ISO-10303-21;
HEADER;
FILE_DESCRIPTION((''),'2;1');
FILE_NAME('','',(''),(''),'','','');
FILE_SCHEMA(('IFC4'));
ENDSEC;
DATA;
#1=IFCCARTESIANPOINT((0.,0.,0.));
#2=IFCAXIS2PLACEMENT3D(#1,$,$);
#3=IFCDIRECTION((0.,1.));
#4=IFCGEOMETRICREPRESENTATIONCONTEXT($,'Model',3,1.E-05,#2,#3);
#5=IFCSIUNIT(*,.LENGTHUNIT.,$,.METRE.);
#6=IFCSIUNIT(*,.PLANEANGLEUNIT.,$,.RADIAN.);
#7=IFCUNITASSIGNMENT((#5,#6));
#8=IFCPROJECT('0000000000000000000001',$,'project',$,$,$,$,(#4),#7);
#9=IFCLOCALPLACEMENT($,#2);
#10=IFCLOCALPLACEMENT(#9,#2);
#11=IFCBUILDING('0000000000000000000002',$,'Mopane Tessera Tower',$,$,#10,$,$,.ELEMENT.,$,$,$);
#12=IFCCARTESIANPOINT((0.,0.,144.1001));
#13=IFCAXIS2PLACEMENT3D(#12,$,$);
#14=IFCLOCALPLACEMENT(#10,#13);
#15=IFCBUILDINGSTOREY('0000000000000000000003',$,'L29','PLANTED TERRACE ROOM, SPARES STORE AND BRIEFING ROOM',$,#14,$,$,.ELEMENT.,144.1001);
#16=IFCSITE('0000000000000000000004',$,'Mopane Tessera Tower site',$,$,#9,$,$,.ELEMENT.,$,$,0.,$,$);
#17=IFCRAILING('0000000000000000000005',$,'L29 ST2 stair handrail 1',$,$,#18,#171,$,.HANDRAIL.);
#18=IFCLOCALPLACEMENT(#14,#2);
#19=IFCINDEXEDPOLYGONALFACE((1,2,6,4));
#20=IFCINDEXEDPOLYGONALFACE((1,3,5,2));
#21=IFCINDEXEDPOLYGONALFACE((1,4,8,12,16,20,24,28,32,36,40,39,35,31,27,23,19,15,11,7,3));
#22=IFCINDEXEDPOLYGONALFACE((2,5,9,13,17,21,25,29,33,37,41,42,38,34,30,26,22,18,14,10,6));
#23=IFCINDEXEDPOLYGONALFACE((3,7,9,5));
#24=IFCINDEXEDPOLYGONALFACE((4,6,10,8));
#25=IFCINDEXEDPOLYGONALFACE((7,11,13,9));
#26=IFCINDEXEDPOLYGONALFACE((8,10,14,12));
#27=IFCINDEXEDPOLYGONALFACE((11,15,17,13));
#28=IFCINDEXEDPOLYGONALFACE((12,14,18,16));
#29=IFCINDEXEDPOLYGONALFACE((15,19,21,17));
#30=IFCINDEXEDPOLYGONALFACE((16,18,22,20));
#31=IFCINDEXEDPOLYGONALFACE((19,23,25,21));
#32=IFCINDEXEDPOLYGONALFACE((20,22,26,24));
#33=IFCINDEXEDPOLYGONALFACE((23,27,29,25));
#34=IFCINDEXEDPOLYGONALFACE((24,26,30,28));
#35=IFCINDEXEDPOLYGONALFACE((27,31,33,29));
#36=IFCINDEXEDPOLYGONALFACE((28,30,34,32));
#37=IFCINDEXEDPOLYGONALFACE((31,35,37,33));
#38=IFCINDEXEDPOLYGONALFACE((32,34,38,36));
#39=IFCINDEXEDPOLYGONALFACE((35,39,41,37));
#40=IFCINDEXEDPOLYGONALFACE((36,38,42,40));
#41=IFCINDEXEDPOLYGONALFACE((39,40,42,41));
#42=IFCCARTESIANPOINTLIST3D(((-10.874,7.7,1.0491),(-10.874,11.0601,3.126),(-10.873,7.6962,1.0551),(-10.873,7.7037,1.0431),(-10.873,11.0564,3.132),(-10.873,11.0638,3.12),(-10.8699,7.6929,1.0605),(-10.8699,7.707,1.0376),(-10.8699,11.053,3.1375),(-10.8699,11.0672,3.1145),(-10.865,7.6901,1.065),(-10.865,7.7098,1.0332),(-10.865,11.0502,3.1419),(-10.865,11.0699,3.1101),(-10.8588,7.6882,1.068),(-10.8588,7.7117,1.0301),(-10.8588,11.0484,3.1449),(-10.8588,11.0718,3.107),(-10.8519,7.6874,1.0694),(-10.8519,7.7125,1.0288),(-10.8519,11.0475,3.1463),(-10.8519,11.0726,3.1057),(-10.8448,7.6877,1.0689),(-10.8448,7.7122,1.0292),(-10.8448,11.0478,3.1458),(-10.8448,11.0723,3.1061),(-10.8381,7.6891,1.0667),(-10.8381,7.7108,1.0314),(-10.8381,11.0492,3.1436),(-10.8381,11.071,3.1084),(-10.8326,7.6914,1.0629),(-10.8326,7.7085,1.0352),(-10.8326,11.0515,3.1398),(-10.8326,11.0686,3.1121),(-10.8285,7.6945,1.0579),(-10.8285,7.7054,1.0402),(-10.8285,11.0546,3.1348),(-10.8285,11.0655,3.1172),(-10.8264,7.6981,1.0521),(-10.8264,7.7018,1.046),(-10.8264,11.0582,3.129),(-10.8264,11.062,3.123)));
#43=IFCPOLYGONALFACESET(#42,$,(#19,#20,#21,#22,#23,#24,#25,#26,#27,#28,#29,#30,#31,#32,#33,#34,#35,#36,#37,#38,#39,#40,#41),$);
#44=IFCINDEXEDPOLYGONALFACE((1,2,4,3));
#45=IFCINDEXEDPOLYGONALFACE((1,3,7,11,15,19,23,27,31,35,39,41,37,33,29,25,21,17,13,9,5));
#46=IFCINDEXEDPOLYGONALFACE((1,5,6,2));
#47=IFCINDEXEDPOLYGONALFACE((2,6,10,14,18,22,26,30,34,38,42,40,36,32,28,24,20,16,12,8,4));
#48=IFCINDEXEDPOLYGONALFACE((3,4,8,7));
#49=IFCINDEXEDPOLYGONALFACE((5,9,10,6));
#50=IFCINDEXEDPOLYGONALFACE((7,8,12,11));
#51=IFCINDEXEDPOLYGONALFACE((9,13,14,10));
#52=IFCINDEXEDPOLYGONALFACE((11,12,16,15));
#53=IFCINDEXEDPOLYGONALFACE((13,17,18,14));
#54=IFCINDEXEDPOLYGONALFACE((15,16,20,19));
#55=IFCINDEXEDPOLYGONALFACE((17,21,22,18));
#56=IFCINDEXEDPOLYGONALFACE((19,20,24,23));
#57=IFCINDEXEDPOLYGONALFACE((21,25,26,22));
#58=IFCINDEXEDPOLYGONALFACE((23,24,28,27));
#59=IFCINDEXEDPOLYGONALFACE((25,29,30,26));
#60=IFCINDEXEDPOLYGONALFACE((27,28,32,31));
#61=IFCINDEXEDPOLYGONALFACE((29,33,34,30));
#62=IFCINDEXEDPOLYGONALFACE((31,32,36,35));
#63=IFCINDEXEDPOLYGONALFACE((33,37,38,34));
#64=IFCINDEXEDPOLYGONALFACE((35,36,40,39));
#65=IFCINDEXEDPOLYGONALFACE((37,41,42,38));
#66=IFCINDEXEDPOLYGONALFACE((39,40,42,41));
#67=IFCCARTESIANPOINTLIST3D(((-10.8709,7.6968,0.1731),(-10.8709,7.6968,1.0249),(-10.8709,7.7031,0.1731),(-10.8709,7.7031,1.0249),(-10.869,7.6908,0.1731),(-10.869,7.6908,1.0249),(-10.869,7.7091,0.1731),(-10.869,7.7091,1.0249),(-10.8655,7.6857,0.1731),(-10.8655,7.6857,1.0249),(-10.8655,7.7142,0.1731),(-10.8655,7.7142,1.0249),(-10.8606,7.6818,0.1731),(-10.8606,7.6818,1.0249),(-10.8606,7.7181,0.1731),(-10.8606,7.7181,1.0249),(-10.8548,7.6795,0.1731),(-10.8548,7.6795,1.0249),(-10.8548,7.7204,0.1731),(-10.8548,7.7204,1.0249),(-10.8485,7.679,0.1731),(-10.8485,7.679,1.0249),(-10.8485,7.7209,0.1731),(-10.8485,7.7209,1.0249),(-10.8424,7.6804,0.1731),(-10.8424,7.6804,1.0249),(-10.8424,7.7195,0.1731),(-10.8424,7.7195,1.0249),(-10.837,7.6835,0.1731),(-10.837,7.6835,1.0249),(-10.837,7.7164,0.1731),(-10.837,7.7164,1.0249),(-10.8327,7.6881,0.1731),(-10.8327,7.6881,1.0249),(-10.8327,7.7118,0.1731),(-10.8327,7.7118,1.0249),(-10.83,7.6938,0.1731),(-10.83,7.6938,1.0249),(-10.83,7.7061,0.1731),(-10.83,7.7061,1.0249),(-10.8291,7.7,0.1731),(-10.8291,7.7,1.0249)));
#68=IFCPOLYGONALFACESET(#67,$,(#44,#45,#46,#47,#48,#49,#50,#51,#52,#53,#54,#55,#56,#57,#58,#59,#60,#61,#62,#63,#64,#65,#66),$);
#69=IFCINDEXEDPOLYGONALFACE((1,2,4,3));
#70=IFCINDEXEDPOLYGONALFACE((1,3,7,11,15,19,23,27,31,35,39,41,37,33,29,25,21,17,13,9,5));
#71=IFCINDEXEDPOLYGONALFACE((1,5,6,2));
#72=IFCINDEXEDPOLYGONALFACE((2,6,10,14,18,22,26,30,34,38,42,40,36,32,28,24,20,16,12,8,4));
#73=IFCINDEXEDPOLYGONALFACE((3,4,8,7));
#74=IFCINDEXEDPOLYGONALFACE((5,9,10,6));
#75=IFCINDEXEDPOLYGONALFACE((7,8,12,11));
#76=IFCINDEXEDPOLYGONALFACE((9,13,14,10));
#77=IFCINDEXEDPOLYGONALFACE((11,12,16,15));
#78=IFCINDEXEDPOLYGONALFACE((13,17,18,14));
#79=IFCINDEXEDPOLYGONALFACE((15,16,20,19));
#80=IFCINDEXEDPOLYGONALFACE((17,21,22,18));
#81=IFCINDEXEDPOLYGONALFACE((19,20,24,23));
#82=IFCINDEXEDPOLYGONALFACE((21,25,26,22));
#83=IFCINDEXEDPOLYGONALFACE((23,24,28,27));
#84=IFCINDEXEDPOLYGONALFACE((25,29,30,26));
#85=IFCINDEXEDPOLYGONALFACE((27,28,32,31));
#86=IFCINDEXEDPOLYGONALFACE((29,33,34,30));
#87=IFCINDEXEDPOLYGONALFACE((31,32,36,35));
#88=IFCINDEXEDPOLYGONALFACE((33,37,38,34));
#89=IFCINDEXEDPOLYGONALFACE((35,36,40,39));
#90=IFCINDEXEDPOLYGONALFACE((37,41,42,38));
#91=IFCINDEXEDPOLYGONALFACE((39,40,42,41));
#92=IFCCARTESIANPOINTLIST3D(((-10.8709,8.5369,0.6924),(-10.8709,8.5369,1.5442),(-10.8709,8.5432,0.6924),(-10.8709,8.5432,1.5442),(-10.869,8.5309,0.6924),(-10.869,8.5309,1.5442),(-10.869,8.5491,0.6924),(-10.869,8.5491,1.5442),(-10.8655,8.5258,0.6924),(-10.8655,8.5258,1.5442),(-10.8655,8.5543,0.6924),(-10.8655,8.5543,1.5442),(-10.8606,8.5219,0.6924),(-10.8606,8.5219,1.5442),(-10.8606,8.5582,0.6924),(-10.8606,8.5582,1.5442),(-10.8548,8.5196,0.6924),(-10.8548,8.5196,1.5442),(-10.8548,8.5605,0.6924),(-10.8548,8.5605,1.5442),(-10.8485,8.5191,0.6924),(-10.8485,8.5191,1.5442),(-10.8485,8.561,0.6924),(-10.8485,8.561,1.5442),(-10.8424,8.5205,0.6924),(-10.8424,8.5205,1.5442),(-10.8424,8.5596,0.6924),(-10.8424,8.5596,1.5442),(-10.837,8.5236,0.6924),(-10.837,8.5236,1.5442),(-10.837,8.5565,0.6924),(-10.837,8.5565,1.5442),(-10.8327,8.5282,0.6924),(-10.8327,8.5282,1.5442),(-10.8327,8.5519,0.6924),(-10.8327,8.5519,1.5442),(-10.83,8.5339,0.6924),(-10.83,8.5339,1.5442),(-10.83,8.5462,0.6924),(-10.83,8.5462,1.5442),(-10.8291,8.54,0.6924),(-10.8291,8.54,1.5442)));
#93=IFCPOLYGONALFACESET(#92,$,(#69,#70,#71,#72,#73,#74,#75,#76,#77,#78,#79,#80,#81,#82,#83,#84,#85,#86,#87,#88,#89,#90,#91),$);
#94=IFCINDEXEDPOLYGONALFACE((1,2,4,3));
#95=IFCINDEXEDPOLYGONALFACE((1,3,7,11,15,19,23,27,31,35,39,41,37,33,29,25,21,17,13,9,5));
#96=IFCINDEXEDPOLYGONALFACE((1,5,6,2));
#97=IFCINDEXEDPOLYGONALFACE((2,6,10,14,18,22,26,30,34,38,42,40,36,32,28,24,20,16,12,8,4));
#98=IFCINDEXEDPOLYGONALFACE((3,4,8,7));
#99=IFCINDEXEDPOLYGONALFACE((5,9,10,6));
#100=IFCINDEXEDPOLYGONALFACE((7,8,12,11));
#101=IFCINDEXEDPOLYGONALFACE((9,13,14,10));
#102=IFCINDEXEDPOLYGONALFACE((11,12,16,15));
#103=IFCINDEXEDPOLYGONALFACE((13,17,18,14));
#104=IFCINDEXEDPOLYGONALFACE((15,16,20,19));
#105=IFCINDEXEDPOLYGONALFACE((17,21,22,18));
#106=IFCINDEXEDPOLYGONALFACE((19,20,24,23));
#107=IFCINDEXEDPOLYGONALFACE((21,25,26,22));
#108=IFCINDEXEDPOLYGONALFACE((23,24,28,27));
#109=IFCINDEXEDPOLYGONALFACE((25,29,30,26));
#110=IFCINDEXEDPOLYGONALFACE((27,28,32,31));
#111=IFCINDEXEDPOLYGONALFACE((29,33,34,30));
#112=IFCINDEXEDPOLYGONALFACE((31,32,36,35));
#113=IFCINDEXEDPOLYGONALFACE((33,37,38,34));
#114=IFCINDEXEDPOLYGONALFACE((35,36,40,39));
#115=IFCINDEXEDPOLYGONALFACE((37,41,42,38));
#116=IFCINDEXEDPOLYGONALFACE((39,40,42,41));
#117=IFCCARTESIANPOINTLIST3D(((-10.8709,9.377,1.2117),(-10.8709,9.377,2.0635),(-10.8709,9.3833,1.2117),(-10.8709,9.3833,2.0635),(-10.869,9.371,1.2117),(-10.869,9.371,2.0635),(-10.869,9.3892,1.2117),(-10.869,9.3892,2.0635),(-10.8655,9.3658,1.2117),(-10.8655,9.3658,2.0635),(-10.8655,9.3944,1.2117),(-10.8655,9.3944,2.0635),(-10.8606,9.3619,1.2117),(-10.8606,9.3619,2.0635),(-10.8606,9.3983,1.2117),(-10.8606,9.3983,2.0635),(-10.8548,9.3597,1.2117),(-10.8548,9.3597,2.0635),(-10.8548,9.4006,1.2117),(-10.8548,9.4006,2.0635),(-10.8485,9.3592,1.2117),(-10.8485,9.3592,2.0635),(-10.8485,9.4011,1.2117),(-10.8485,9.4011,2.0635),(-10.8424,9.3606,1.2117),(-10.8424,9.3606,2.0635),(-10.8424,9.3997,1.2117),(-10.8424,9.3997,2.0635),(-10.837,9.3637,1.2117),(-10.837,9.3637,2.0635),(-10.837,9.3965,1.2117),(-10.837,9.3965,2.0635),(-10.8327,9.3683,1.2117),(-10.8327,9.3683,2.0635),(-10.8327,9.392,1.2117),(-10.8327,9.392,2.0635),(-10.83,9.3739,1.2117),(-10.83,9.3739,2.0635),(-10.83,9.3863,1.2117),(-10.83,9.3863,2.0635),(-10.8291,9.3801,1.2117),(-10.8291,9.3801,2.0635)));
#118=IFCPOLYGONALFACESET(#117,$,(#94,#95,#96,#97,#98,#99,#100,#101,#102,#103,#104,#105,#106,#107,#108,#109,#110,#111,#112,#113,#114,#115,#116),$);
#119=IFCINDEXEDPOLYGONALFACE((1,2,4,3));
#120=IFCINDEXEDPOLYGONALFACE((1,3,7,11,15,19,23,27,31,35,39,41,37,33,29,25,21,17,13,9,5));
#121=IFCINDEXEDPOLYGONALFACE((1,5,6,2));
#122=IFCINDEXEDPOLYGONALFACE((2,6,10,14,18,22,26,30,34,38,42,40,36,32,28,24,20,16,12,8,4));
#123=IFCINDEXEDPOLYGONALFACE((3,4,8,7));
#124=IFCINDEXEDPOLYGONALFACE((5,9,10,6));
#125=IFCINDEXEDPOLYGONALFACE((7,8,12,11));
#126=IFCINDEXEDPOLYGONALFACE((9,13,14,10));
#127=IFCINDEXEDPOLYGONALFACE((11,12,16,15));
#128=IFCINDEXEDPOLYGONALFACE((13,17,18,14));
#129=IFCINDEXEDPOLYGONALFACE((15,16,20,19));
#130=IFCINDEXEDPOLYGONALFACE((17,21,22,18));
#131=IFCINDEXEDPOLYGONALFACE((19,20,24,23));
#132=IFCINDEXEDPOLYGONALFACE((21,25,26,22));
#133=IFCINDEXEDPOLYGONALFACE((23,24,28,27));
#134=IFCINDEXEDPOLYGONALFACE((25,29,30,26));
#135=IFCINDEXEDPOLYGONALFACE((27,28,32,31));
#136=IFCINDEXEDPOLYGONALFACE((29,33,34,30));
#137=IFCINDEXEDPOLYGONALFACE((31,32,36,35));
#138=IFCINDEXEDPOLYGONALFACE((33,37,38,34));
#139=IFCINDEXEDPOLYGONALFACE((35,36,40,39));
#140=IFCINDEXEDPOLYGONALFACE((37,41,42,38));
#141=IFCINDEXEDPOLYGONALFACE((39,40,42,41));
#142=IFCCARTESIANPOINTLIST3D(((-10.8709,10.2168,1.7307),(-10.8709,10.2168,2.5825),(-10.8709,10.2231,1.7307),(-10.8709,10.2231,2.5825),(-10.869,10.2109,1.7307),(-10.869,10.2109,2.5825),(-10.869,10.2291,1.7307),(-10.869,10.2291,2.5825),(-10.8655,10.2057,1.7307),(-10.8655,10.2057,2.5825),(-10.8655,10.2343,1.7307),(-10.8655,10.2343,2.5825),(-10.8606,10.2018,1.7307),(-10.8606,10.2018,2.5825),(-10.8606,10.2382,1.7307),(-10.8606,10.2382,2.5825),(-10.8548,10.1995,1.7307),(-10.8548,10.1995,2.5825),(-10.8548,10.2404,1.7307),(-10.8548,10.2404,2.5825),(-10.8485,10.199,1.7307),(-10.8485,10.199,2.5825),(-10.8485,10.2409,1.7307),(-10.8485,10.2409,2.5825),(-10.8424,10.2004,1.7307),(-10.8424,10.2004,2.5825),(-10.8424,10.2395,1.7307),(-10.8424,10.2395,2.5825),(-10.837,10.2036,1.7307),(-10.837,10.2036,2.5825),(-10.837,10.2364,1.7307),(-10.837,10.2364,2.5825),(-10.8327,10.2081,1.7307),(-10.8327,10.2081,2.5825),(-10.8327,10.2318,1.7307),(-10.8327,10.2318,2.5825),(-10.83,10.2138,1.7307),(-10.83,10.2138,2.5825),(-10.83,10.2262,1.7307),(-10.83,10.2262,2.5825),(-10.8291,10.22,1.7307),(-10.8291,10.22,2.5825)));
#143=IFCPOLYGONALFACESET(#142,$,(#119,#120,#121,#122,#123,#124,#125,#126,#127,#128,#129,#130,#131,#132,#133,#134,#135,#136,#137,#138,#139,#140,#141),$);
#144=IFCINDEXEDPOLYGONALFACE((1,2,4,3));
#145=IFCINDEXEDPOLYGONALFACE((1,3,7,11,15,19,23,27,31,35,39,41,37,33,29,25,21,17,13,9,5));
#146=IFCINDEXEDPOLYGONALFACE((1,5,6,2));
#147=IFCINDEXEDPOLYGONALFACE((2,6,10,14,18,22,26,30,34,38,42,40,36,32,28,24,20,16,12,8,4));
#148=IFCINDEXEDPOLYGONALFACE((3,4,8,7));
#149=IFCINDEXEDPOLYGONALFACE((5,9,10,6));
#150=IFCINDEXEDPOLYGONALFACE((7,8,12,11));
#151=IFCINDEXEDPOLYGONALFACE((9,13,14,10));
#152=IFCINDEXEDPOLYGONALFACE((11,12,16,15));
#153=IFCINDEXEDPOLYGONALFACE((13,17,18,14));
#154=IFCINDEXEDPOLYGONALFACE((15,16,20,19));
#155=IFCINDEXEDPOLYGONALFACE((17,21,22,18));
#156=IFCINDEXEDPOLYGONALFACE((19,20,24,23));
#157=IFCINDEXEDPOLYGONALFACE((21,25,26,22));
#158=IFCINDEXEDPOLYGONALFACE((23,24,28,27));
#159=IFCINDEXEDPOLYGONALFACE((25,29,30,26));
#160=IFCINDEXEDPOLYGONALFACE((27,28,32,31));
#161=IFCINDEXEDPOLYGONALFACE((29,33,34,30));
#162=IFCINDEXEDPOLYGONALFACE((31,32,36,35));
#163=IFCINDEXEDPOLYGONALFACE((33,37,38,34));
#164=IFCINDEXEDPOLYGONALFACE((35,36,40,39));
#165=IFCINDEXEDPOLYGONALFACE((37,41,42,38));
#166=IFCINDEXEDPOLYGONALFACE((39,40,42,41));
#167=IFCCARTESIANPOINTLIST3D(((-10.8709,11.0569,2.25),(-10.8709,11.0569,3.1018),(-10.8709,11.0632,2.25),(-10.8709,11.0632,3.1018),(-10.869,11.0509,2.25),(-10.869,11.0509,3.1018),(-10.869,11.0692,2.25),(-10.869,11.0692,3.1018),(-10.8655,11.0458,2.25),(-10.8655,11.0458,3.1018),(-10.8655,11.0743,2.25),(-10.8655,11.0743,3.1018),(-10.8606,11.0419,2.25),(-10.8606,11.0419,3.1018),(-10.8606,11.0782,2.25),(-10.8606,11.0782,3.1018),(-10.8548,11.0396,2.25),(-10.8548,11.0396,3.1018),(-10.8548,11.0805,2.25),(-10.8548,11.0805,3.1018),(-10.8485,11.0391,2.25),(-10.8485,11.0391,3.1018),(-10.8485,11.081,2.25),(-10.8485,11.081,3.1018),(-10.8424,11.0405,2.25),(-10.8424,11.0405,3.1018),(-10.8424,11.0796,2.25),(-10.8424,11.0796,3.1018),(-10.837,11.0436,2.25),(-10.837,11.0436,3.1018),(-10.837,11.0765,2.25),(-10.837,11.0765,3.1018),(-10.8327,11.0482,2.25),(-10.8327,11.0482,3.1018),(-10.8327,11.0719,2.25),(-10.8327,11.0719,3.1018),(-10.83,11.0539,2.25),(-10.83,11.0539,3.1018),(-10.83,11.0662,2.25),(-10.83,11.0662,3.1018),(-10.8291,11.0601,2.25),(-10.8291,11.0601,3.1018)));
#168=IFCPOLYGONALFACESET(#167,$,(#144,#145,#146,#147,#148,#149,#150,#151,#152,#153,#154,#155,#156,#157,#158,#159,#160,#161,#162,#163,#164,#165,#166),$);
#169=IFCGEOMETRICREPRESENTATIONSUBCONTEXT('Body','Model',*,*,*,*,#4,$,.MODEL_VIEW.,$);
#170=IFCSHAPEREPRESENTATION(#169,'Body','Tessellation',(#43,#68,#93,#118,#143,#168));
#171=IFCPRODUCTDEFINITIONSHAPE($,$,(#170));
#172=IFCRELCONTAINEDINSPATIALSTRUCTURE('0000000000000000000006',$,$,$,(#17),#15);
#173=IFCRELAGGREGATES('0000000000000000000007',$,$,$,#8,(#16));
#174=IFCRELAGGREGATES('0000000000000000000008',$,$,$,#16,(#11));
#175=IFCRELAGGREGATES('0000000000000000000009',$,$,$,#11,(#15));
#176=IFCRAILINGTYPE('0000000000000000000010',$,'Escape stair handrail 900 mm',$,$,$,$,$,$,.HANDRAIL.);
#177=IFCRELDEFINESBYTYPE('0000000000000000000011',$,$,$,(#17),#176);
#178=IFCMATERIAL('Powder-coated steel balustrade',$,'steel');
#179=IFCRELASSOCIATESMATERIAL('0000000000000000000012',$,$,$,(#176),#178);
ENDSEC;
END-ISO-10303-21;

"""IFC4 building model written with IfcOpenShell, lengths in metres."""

from ifc_helpers import new_model, si_unit, direction, frame, origin, origin_2d, place, context, subcontext, project, spatial, circle, extrude, material, type_object, element, save


model = new_model("IFC4")

# Units and contexts
model_context = context("Model", 3, precision=1e-05, world=origin(), true_north=direction((0.0, 1.0)))
body_context = subcontext(model_context, "Body", "Model", "MODEL_VIEW")
ifc_project = project(units=[si_unit("LENGTHUNIT", "METRE"), si_unit("PLANEANGLEUNIT", "RADIAN")], contexts=[model_context])

# Site, building, storey
site_placement = place(None, origin())
site = spatial("IfcSite", under=ifc_project, at=site_placement, Name="Mopane Tessera Tower site", CompositionType="ELEMENT", RefElevation=0.0)
building_placement = place(site_placement, origin())
building = spatial("IfcBuilding", under=site, at=building_placement, Name="Mopane Tessera Tower", CompositionType="ELEMENT")
storey_placement = place(building_placement, frame((0.0, 0.0, 144.1001)))
storey = spatial("IfcBuildingStorey", under=building, at=storey_placement, Name="L29", Description="PLANTED TERRACE ROOM, SPARES STORE AND BRIEFING ROOM", CompositionType="ELEMENT", Elevation=144.1001)

# Railing
ifc_material_1 = material(Name="Powder-coated steel balustrade", Category="steel")
railing_type_1 = type_object("IfcRailingType", Name="Escape stair handrail 900 mm", PredefinedType="HANDRAIL", material=ifc_material_1)
railing_1_placement = place(storey_placement, frame((-10.8501, 7.7, 0.1731)))
element("IfcRailing", 1, at=railing_1_placement, inside=storey, type_object=railing_type_1, Name="L29 ST2 stair handrail 1", PredefinedType="HANDRAIL", context=body_context, shape_type="SweptSolid", body=[
    extrude(circle(Radius=0.0239, at=origin_2d()), frame((0.0, 0.0, 0.876), z_axis=(0.0, 0.850623, 0.525776), x_axis=(-1.0, 0.0, 0.0)), (0.0, 0.0, 1.0), 3.9502),
    extrude(circle(Radius=0.021, at=origin_2d()), origin(), (0.0, 0.0, 1.0), 0.8518),
    extrude(circle(Radius=0.021, at=origin_2d()), frame((0.0, 0.8401, 0.5193)), (0.0, 0.0, 1.0), 0.8518),
    extrude(circle(Radius=0.021, at=origin_2d()), frame((0.0, 1.6802, 1.0386)), (0.0, 0.0, 1.0), 0.8518),
    extrude(circle(Radius=0.021, at=origin_2d()), frame((0.0, 2.52, 1.5576)), (0.0, 0.0, 1.0), 0.8518),
    extrude(circle(Radius=0.021, at=origin_2d()), frame((0.0, 3.3601, 2.0769)), (0.0, 0.0, 1.0), 0.8518),
])

save(model, "model.ifc")
